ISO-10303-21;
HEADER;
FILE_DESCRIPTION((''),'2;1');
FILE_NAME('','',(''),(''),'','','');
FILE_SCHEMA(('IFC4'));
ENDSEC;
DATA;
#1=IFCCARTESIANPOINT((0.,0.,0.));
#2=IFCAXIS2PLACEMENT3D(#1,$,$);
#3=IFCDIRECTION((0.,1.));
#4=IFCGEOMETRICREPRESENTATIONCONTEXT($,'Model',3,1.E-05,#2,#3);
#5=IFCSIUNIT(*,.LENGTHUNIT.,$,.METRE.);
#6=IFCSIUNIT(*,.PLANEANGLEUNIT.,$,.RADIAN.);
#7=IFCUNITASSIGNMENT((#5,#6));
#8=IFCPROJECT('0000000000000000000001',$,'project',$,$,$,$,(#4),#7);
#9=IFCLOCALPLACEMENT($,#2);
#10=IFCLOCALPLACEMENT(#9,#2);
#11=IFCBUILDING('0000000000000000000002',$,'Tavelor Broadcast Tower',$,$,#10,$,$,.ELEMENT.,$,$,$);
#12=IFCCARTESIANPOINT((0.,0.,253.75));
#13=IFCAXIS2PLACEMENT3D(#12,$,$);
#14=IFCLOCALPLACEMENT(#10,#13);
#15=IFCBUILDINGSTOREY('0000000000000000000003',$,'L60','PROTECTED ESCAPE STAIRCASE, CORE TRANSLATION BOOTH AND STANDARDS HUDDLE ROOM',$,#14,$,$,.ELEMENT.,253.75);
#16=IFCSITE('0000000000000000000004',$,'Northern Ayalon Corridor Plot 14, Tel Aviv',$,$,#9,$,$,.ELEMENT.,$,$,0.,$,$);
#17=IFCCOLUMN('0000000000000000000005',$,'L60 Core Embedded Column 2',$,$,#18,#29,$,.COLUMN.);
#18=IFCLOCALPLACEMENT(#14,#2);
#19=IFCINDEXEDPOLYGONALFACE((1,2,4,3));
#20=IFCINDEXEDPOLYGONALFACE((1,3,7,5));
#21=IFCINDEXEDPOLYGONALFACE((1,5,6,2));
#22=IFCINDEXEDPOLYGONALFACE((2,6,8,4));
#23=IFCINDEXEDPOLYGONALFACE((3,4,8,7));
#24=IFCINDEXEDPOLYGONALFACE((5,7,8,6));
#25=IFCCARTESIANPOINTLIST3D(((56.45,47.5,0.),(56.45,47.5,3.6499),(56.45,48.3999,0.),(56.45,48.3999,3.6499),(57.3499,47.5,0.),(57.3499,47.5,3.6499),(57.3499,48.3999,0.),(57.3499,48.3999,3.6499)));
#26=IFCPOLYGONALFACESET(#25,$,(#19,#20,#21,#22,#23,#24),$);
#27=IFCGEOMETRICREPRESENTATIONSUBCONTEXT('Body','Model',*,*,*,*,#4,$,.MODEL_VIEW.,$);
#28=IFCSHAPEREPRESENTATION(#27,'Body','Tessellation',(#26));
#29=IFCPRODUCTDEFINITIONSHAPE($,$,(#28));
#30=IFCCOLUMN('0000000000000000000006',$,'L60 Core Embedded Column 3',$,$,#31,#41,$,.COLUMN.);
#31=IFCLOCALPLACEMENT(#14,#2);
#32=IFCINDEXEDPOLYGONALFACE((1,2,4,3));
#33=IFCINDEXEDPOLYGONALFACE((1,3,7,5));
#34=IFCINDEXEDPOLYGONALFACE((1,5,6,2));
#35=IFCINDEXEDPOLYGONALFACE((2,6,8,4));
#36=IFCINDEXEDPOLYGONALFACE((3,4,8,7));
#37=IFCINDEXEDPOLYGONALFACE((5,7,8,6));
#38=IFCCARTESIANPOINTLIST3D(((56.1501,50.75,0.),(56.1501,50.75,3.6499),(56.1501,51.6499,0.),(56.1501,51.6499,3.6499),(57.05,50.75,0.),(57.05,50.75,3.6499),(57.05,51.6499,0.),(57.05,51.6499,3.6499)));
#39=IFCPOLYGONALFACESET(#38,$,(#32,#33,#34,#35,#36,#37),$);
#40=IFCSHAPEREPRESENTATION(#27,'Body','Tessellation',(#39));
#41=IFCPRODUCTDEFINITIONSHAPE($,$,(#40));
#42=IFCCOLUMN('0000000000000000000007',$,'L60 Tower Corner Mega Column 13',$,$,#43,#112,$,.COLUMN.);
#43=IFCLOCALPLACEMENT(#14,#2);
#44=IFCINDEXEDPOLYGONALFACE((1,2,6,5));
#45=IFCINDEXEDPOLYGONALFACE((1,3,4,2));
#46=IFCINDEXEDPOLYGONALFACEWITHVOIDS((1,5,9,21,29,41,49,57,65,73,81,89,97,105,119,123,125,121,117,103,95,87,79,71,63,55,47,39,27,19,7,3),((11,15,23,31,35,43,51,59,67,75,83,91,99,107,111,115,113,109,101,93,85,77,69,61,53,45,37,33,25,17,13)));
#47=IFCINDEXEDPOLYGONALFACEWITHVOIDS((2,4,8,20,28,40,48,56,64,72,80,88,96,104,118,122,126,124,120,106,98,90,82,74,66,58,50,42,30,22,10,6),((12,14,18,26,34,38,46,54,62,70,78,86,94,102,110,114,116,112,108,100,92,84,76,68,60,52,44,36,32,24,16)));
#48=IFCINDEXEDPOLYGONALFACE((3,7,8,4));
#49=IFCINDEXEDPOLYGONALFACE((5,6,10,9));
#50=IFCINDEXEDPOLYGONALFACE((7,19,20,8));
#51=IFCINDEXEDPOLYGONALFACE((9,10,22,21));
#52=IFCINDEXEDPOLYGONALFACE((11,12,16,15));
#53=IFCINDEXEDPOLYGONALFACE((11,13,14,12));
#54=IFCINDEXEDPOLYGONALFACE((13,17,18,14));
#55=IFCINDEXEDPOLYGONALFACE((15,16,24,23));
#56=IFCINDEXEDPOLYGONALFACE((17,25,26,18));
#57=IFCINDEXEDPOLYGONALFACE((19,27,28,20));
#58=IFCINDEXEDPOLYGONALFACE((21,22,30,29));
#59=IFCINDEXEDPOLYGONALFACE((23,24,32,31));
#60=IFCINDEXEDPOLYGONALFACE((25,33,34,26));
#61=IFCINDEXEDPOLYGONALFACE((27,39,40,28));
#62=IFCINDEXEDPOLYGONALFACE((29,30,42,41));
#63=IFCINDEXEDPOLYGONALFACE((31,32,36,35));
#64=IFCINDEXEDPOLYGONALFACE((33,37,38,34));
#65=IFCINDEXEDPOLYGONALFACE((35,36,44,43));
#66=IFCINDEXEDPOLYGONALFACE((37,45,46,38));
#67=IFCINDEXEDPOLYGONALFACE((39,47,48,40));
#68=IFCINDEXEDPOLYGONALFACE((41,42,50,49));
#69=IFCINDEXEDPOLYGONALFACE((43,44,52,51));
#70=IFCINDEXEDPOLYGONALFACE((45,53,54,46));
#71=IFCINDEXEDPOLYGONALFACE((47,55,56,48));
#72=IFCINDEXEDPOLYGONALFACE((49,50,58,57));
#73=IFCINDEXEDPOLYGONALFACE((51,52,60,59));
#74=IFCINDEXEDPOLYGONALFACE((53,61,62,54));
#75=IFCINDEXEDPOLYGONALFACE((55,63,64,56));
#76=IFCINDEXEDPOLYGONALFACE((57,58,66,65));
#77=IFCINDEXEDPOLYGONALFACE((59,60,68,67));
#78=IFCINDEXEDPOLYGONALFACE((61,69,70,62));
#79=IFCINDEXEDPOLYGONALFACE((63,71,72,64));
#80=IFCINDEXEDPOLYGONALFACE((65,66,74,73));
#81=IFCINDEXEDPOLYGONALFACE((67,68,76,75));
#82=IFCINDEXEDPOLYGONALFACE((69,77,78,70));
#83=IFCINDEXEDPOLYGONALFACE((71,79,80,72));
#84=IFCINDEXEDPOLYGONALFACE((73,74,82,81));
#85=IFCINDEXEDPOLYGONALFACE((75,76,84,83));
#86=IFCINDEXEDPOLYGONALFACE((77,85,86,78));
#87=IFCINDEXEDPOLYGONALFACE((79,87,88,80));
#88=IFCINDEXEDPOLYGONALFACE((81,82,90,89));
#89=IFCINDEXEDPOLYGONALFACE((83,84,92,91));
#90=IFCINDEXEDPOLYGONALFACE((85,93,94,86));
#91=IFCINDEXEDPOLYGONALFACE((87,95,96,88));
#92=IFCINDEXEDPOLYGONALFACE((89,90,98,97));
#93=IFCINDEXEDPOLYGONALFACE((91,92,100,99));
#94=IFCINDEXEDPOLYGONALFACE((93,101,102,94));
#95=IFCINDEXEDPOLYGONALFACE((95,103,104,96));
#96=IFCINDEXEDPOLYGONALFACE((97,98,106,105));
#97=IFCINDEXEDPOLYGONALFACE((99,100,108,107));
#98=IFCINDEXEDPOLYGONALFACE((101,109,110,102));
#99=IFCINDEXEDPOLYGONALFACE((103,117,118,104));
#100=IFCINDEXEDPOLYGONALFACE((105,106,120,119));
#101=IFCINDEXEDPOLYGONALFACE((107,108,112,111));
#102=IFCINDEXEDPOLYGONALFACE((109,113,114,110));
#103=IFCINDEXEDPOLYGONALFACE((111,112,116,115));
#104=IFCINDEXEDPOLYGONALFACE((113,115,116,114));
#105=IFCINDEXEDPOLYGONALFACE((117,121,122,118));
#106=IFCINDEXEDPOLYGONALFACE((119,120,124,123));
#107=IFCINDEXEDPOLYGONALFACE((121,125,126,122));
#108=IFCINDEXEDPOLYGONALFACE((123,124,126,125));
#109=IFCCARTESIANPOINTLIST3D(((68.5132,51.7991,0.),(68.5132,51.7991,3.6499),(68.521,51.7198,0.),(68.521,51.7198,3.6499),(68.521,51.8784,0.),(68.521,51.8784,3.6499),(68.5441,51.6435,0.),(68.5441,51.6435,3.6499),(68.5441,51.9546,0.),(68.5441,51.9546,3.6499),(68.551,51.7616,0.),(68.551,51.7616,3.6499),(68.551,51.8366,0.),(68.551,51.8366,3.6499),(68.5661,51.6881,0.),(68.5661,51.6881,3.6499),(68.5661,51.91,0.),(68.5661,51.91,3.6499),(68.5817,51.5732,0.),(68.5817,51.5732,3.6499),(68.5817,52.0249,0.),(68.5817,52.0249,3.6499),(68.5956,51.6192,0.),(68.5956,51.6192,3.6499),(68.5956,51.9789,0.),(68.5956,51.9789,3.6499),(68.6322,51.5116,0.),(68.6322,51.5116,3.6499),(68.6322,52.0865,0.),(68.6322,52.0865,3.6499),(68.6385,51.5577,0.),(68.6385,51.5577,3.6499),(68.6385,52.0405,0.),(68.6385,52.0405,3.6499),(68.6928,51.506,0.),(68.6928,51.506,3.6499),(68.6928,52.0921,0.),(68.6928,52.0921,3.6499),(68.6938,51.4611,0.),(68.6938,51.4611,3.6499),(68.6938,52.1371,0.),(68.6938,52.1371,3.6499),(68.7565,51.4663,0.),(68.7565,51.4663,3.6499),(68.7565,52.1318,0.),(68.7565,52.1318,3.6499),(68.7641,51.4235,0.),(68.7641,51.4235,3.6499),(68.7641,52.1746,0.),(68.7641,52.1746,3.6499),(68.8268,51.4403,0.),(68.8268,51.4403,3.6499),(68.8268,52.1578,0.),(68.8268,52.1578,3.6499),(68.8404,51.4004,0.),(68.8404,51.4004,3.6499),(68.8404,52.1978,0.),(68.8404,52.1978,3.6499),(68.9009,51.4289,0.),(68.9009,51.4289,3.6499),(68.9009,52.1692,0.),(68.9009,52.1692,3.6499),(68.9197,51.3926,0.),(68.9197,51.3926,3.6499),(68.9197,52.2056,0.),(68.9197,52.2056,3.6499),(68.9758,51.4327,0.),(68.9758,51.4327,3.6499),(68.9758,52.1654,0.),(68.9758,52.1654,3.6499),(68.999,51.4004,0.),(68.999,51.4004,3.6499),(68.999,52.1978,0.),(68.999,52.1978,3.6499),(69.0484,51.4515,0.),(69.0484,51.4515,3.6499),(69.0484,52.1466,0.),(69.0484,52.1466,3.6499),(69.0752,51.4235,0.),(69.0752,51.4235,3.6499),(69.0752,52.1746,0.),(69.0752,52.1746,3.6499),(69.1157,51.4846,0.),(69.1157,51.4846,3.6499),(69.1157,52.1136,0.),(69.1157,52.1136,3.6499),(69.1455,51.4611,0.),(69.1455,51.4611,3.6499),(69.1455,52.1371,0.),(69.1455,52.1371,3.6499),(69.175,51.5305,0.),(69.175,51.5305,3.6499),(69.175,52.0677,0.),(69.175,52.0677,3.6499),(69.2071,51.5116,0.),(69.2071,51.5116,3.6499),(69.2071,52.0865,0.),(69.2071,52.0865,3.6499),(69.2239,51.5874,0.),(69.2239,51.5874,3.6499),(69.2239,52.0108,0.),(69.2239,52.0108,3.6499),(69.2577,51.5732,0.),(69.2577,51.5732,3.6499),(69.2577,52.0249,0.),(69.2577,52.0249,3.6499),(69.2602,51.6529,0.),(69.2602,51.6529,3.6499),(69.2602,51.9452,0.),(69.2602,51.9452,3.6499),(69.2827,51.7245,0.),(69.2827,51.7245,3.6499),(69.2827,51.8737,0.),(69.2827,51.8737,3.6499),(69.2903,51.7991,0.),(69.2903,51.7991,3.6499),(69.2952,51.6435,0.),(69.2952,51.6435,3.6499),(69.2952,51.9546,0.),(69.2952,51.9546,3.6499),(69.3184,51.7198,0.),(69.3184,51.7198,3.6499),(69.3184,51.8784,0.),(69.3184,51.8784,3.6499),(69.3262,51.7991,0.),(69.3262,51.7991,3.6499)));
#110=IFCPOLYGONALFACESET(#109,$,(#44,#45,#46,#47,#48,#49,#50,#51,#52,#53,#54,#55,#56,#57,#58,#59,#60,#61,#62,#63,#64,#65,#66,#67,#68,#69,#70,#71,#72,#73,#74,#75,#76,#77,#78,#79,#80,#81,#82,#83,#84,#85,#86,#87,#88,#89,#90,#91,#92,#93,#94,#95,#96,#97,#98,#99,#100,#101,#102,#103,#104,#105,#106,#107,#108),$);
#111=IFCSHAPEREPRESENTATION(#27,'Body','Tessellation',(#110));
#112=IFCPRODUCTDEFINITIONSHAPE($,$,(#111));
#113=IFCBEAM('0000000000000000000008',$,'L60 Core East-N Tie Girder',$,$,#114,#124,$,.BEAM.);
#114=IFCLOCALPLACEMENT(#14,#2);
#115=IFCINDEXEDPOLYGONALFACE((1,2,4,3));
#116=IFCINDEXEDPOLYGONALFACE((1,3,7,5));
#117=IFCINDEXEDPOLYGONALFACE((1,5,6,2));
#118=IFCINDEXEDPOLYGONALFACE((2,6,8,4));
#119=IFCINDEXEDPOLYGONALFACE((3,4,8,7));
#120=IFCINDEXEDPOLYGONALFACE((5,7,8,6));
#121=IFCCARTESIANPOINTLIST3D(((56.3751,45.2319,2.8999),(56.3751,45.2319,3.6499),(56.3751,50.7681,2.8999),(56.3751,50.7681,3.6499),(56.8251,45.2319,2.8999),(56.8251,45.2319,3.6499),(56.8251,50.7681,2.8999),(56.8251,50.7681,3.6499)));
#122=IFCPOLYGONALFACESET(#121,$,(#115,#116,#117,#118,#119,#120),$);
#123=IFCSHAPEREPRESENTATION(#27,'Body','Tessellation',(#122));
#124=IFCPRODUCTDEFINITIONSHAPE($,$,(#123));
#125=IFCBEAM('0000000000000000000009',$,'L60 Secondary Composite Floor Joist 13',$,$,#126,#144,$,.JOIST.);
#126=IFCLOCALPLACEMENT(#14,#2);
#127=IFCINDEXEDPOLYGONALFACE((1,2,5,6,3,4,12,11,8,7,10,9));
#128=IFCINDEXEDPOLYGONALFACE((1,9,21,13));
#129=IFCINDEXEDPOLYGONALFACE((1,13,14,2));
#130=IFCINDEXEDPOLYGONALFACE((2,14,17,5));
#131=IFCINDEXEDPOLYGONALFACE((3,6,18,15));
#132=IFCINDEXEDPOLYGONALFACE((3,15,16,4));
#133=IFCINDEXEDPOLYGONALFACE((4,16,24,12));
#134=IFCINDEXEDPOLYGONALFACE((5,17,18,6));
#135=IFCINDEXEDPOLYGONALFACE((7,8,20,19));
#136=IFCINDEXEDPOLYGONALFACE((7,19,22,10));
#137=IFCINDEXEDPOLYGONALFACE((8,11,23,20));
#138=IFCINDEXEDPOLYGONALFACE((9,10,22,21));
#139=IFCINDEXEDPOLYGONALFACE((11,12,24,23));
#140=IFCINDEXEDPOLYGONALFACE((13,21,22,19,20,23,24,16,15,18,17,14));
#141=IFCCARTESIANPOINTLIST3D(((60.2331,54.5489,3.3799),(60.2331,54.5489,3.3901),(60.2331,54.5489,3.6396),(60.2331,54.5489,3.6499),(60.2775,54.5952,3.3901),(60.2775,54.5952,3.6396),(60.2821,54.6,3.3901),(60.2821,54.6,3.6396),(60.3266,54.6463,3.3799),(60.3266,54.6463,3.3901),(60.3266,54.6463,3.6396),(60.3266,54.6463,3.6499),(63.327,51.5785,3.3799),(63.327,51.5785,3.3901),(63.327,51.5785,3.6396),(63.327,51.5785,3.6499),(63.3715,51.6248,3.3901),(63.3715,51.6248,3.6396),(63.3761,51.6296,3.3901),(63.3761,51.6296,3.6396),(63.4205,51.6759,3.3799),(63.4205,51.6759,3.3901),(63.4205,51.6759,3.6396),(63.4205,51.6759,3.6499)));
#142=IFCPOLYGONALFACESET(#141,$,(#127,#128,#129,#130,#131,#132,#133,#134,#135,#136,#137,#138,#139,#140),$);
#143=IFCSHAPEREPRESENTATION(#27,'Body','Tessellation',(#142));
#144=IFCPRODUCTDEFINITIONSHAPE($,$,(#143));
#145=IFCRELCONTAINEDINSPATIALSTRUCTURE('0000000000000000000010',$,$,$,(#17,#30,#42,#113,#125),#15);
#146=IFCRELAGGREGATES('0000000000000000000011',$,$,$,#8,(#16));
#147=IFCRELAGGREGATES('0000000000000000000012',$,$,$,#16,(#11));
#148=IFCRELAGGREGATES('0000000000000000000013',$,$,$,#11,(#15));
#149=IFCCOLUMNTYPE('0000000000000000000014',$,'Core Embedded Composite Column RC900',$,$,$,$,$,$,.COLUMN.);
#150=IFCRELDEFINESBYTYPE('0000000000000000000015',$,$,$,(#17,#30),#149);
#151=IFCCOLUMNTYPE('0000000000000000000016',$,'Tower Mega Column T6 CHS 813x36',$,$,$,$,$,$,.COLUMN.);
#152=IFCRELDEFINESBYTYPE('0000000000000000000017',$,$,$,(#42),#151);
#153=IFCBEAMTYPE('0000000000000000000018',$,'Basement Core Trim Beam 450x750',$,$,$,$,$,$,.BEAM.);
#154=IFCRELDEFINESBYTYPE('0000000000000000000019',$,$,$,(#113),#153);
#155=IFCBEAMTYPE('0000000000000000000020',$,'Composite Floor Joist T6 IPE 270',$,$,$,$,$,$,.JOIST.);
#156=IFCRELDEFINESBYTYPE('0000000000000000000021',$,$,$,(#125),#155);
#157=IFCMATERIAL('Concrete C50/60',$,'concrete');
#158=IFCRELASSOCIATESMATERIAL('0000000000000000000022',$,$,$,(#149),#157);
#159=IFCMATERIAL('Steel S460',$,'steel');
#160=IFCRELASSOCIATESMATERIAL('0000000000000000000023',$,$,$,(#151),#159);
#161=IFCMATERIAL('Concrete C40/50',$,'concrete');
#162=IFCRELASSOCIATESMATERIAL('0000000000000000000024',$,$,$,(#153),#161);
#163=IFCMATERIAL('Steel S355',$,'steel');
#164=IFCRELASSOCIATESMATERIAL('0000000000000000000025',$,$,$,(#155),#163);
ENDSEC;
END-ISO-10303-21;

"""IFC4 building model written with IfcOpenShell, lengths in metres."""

from ifc_helpers import new_model, si_unit, direction, frame, origin, origin_2d, place, context, subcontext, project, spatial, rectangle, hollow_circle, i_section, extrude, material, material_profile, profile_set, type_object, element, save


model = new_model("IFC4")

# Units and contexts
model_context = context("Model", 3, precision=1e-05, world=origin(), true_north=direction((0.0, 1.0)))
body_context = subcontext(model_context, "Body", "Model", "MODEL_VIEW")
ifc_project = project(units=[si_unit("LENGTHUNIT", "METRE"), si_unit("PLANEANGLEUNIT", "RADIAN")], contexts=[model_context])

# Site, building, storey
site_placement = place(None, origin())
site = spatial("IfcSite", under=ifc_project, at=site_placement, Name="Northern Ayalon Corridor Plot 14, Tel Aviv", CompositionType="ELEMENT", RefElevation=0.0)
building_placement = place(site_placement, origin())
building = spatial("IfcBuilding", under=site, at=building_placement, Name="Tavelor Broadcast Tower", CompositionType="ELEMENT")
storey_placement = place(building_placement, frame((0.0, 0.0, 253.75)))
storey = spatial("IfcBuildingStorey", under=building, at=storey_placement, Name="L60", Description="PROTECTED ESCAPE STAIRCASE, CORE TRANSLATION BOOTH AND STANDARDS HUDDLE ROOM", CompositionType="ELEMENT", Elevation=253.75)

# Columns
ifc_material_1 = material(Name="Concrete C50/60", Category="concrete")
ifc_material_profile_1 = material_profile(ifc_material_1, rectangle(XDim=0.8999, YDim=0.8999, at=origin_2d()), Name="RC 900x900")
ifc_profile_set_1 = profile_set([ifc_material_profile_1], Name="Concrete C50/60")
column_type_1 = type_object("IfcColumnType", Name="Core Embedded Composite Column RC900", PredefinedType="COLUMN", material=ifc_profile_set_1)
for number, where, z_axis, x_axis, name in (
    (1, (56.8999, 47.95, 0.0), (0.0, 0.0, 1.0), (1.0, 0.0, 0.0), "L60 Core Embedded Column 2"),
    (2, (56.6001, 51.2, 0.0), (0.0, 0.0, 1.0), (1.0, 0.0, 0.0), "L60 Core Embedded Column 3"),
):
    element("IfcColumn", number, at=place(storey_placement, frame(where, z_axis=z_axis, x_axis=x_axis)), inside=storey, type_object=column_type_1, Name=name, PredefinedType="COLUMN", context=body_context, shape_type="SweptSolid", body=[
        extrude(rectangle(XDim=0.8999, YDim=0.8999, at=origin_2d()), origin(), (0.0, 0.0, 1.0), 3.6499),
    ])
ifc_material_2 = material(Name="Steel S460", Category="steel")
ifc_material_profile_2 = material_profile(ifc_material_2, hollow_circle(Radius=0.4065, WallThickness=0.0359, at=origin_2d()), Name="CHS 813x36")
ifc_profile_set_2 = profile_set([ifc_material_profile_2], Name="Steel S460")
column_type_2 = type_object("IfcColumnType", Name="Tower Mega Column T6 CHS 813x36", PredefinedType="COLUMN", material=ifc_profile_set_2)
column_placement = place(storey_placement, frame((68.9197, 51.7991, 0.0), z_axis=(0.0, 0.0, 1.0), x_axis=(1.0, 0.0, 0.0)))
element("IfcColumn", 3, at=column_placement, inside=storey, type_object=column_type_2, Name="L60 Tower Corner Mega Column 13", PredefinedType="COLUMN", context=body_context, shape_type="SweptSolid", body=[
    extrude(hollow_circle(Radius=0.4065, WallThickness=0.0359, at=origin_2d()), origin(), (0.0, 0.0, 1.0), 3.6499),
])

# Beams
ifc_material_3 = material(Name="Concrete C40/50", Category="concrete")
ifc_material_profile_3 = material_profile(ifc_material_3, rectangle(XDim=0.45, YDim=0.75, at=origin_2d()), Name="RC 450x750")
ifc_profile_set_3 = profile_set([ifc_material_profile_3], Name="Concrete C40/50")
beam_type_1 = type_object("IfcBeamType", Name="Basement Core Trim Beam 450x750", PredefinedType="BEAM", material=ifc_profile_set_3)
beam_1_placement = place(storey_placement, frame((56.6001, 45.2319, 3.2749), z_axis=(0.0, 1.0, 0.0), x_axis=(-1.0, 0.0, 0.0)))
element("IfcBeam", 4, at=beam_1_placement, inside=storey, type_object=beam_type_1, Name="L60 Core East-N Tie Girder", PredefinedType="BEAM", context=body_context, shape_type="SweptSolid", body=[
    extrude(rectangle(XDim=0.45, YDim=0.75, at=origin_2d()), origin(), (0.0, 0.0, 1.0), 5.5361),
])
ifc_material_4 = material(Name="Steel S355", Category="steel")
ifc_material_profile_4 = material_profile(ifc_material_4, i_section(OverallWidth=0.135, OverallDepth=0.27, WebThickness=0.0066, FlangeThickness=0.0103, at=origin_2d()), Name="IPE 270")
ifc_profile_set_4 = profile_set([ifc_material_profile_4], Name="Steel S355")
beam_type_2 = type_object("IfcBeamType", Name="Composite Floor Joist T6 IPE 270", PredefinedType="JOIST", material=ifc_profile_set_4)
beam_2_placement = place(storey_placement, frame((63.3738, 51.6272, 3.5149), z_axis=(-0.721361, 0.692559, 0.0), x_axis=(-0.692559, -0.721361, 0.0)))
element("IfcBeam", 5, at=beam_2_placement, inside=storey, type_object=beam_type_2, Name="L60 Secondary Composite Floor Joist 13", PredefinedType="JOIST", context=body_context, shape_type="SweptSolid", body=[
    extrude(i_section(OverallWidth=0.135, OverallDepth=0.27, WebThickness=0.0066, FlangeThickness=0.0103, at=origin_2d()), origin(), (0.0, 0.0, 1.0), 4.2891),
])

save(model, "model.ifc")
